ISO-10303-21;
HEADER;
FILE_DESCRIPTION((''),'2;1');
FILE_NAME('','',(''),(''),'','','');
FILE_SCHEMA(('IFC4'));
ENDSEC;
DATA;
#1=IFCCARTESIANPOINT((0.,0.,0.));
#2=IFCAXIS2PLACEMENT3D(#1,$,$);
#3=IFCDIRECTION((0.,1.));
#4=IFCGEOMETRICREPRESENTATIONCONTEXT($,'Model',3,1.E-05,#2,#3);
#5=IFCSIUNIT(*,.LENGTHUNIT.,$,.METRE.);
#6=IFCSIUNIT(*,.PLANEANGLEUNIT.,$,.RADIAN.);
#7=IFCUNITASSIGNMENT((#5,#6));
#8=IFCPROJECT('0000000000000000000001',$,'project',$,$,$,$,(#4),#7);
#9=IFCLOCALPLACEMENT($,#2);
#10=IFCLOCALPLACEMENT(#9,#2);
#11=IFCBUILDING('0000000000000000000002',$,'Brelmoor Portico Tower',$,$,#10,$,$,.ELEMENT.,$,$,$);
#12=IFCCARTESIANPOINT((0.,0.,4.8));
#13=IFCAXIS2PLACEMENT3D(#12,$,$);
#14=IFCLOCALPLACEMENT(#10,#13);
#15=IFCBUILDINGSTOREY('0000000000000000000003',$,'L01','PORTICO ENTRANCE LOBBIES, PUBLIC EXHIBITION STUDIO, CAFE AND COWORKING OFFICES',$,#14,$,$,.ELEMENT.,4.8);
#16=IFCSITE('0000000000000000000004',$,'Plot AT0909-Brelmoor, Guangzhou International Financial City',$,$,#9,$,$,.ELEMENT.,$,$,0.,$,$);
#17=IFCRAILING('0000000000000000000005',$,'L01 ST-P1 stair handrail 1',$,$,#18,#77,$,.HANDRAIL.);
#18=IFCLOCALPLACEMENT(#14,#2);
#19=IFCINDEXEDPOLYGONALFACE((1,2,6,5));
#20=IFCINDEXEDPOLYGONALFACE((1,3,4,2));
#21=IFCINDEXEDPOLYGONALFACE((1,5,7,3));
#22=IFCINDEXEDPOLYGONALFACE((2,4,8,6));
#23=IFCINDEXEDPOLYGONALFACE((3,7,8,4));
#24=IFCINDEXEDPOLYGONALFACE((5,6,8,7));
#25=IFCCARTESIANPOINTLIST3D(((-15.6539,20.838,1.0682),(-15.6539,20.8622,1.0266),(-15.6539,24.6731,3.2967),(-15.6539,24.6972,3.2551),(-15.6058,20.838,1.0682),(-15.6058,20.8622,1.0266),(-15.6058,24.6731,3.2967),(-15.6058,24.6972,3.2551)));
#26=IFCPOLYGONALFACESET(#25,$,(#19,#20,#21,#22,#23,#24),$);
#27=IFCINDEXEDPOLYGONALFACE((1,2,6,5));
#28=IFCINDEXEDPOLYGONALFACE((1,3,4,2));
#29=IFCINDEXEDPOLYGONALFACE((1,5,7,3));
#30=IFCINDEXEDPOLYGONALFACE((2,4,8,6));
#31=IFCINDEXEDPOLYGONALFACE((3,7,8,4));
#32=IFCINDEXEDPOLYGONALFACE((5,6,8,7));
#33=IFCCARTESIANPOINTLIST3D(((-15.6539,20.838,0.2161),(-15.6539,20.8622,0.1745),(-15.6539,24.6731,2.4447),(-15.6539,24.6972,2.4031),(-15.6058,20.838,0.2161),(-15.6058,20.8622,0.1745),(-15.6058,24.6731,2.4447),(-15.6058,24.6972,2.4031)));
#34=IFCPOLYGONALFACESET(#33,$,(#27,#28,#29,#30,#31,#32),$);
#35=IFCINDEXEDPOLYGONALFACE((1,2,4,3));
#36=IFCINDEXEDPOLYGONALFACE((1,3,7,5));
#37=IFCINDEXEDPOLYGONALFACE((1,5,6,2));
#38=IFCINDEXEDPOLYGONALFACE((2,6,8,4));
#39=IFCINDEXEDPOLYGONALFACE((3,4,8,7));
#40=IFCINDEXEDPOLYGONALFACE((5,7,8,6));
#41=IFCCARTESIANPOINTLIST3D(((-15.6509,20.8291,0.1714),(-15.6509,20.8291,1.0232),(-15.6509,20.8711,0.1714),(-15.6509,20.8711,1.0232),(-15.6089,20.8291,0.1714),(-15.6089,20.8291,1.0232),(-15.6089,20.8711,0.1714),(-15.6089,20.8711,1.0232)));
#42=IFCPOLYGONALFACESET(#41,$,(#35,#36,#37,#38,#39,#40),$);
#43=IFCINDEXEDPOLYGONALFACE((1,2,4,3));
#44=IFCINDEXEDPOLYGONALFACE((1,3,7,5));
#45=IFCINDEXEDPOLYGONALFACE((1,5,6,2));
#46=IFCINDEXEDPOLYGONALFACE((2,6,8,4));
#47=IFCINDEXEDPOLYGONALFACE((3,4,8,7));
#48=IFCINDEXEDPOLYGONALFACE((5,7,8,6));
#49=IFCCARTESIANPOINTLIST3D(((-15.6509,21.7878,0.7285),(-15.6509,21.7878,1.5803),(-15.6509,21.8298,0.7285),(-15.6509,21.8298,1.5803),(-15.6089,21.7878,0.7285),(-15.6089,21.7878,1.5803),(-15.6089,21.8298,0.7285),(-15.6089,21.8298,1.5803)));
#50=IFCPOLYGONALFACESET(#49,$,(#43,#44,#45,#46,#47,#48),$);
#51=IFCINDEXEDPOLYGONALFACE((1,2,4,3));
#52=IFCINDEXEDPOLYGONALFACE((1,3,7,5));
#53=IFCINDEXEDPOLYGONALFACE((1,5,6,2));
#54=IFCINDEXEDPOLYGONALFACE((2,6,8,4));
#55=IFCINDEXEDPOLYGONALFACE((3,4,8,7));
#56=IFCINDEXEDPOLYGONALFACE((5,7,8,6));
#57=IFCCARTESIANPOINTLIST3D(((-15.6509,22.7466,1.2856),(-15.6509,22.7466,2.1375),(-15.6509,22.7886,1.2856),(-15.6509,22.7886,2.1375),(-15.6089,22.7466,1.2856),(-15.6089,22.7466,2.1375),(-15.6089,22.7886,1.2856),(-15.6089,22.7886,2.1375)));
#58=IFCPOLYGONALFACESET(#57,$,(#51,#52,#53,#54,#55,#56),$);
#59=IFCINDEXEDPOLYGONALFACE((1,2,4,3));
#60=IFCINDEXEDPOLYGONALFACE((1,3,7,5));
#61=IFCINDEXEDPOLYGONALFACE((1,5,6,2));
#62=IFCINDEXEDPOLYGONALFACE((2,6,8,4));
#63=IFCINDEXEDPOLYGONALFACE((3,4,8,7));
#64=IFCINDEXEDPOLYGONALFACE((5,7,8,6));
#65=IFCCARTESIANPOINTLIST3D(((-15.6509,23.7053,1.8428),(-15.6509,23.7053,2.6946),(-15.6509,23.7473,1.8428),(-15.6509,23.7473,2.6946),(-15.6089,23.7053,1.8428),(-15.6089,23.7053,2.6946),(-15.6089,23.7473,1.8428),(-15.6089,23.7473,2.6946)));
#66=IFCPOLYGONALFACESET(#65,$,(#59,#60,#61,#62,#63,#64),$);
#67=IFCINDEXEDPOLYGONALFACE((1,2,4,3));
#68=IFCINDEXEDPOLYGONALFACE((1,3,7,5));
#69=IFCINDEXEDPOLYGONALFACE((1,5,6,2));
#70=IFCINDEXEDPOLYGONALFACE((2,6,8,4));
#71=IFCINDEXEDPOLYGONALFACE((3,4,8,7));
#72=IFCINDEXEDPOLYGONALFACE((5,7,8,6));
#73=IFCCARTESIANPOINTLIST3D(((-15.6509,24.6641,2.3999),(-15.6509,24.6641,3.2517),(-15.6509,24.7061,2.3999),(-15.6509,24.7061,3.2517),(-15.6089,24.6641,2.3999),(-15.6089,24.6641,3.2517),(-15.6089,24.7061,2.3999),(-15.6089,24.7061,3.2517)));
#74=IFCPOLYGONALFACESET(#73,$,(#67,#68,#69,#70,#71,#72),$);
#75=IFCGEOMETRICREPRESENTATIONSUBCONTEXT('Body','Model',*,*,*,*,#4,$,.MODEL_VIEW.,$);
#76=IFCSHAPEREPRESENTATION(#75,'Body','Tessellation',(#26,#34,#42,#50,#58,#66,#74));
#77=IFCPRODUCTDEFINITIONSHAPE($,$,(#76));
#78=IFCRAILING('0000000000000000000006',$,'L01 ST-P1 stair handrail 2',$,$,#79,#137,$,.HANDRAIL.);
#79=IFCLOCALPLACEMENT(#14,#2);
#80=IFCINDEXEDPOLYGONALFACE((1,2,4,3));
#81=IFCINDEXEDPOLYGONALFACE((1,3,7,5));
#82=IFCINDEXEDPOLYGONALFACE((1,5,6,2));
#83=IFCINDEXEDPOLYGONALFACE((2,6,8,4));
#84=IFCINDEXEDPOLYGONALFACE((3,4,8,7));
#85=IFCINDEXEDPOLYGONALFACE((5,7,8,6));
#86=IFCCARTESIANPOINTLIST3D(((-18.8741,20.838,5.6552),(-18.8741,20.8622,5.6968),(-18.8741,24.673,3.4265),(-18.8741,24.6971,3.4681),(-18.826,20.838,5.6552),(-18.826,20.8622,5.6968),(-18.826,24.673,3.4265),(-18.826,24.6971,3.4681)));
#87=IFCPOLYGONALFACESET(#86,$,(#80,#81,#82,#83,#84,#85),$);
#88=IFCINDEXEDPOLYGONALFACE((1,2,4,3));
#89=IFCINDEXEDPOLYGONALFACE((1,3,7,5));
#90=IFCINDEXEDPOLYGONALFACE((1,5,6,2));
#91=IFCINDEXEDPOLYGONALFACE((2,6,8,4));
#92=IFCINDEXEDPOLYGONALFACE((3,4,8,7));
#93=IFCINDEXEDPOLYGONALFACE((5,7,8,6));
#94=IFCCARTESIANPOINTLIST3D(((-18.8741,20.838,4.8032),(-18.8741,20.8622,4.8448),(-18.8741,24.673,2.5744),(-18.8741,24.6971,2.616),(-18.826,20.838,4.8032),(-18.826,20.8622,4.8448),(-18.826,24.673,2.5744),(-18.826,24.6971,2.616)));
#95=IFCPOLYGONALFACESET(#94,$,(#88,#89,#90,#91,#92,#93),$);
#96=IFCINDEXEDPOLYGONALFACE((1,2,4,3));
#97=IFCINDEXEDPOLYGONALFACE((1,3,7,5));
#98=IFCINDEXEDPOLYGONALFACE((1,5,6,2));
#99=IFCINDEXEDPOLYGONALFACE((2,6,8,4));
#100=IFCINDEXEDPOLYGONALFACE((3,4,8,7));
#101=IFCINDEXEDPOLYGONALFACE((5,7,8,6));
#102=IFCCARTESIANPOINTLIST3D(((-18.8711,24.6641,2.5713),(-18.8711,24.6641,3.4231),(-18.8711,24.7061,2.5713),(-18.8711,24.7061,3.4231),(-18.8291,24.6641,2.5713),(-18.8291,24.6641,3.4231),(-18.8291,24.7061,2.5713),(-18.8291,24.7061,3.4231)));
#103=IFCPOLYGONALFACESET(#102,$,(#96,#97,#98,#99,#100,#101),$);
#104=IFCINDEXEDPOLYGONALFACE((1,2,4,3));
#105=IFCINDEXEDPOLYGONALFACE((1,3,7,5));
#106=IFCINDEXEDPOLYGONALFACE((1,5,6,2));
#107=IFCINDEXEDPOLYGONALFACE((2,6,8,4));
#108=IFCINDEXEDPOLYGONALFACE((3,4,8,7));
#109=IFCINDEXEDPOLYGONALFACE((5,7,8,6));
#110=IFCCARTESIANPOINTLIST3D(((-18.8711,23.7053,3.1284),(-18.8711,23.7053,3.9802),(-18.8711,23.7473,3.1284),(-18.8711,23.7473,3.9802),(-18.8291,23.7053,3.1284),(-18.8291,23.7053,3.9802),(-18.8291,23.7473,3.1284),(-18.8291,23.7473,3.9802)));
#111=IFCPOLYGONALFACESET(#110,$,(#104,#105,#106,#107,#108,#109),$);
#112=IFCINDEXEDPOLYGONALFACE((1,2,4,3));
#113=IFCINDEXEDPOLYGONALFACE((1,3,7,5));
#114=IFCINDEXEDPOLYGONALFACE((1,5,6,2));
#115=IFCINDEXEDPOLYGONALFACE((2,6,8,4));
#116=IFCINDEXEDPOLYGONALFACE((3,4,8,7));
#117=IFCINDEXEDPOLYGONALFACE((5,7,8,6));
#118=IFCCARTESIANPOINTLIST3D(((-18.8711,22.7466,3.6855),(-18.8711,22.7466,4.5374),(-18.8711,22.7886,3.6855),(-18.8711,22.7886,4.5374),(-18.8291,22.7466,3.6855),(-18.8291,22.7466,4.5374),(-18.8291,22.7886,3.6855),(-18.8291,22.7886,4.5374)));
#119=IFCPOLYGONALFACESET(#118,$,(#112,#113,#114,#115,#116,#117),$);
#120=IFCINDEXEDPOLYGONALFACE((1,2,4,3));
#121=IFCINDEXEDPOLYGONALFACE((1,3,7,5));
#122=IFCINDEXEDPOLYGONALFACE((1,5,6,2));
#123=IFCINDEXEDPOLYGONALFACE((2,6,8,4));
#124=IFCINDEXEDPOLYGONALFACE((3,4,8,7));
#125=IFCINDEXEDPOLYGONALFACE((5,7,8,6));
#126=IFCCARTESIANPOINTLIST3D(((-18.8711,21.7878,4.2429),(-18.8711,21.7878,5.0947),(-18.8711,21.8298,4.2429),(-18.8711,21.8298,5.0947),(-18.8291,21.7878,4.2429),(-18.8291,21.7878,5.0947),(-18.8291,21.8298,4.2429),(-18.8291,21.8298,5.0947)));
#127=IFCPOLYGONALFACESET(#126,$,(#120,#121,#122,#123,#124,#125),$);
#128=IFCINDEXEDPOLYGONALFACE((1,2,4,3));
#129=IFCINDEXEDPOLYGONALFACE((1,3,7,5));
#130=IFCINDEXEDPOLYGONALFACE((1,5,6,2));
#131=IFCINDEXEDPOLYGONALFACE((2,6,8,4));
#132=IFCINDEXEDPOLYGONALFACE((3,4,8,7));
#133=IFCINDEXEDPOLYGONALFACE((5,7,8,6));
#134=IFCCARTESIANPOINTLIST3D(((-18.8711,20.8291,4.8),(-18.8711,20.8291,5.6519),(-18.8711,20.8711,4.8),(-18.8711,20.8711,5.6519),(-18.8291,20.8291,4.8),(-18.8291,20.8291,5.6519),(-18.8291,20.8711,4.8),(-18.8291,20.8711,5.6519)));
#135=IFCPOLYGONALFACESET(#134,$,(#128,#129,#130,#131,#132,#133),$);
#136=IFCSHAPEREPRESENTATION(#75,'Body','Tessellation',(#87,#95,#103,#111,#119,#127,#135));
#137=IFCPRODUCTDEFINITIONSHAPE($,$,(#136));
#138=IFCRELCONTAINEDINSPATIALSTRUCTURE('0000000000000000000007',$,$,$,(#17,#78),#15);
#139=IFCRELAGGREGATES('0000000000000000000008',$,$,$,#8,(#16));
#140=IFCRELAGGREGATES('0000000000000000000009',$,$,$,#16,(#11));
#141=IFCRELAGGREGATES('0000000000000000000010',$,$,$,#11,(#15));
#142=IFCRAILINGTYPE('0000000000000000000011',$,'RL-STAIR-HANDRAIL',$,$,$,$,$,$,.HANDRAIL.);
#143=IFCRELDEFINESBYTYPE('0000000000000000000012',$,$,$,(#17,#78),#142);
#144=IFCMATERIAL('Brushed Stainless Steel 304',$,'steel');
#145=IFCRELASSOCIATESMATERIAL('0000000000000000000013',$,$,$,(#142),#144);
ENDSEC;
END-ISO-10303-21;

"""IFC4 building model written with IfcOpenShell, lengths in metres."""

from ifc_helpers import new_model, si_unit, direction, frame, origin, origin_2d, place, context, subcontext, project, spatial, rectangle, extrude, material, type_object, element, save


model = new_model("IFC4")

# Units and contexts
model_context = context("Model", 3, precision=1e-05, world=origin(), true_north=direction((0.0, 1.0)))
body_context = subcontext(model_context, "Body", "Model", "MODEL_VIEW")
ifc_project = project(units=[si_unit("LENGTHUNIT", "METRE"), si_unit("PLANEANGLEUNIT", "RADIAN")], contexts=[model_context])

# Site, building, storey
site_placement = place(None, origin())
site = spatial("IfcSite", under=ifc_project, at=site_placement, Name="Plot AT0909-Brelmoor, Guangzhou International Financial City", CompositionType="ELEMENT", RefElevation=0.0)
building_placement = place(site_placement, origin())
building = spatial("IfcBuilding", under=site, at=building_placement, Name="Brelmoor Portico Tower", CompositionType="ELEMENT")
storey_placement = place(building_placement, frame((0.0, 0.0, 4.8)))
storey = spatial("IfcBuildingStorey", under=building, at=storey_placement, Name="L01", Description="PORTICO ENTRANCE LOBBIES, PUBLIC EXHIBITION STUDIO, CAFE AND COWORKING OFFICES", CompositionType="ELEMENT", Elevation=4.8)

# Railings
ifc_material_1 = material(Name="Brushed Stainless Steel 304", Category="steel")
railing_type_1 = type_object("IfcRailingType", Name="RL-STAIR-HANDRAIL", PredefinedType="HANDRAIL", material=ifc_material_1)
railing_1_placement = place(storey_placement, frame((-15.6299, 20.8501, 0.1714)))
element("IfcRailing", 1, at=railing_1_placement, inside=storey, type_object=railing_type_1, Name="L01 ST-P1 stair handrail 1", PredefinedType="HANDRAIL", context=body_context, shape_type="SweptSolid", body=[
    extrude(rectangle(XDim=0.0481, YDim=0.0481, at=origin_2d()), frame((0.0, 0.0, 0.876), z_axis=(0.0, 0.864616, 0.502433), x_axis=(-1.0, 0.0, 0.0)), (0.0, 0.0, 1.0), 4.4355),
    extrude(rectangle(XDim=0.0481, YDim=0.0481, at=origin_2d()), frame((0.0, 0.0, 0.0239), z_axis=(0.0, 0.864616, 0.502433), x_axis=(-1.0, 0.0, 0.0)), (0.0, 0.0, 1.0), 4.4355),
    extrude(rectangle(XDim=0.042, YDim=0.042, at=origin_2d()), origin(), (0.0, 0.0, 1.0), 0.8518),
    extrude(rectangle(XDim=0.042, YDim=0.042, at=origin_2d()), frame((0.0, 0.9587, 0.5571)), (0.0, 0.0, 1.0), 0.8518),
    extrude(rectangle(XDim=0.042, YDim=0.042, at=origin_2d()), frame((0.0, 1.9175, 1.1143)), (0.0, 0.0, 1.0), 0.8518),
    extrude(rectangle(XDim=0.042, YDim=0.042, at=origin_2d()), frame((0.0, 2.8762, 1.6714)), (0.0, 0.0, 1.0), 0.8518),
    extrude(rectangle(XDim=0.042, YDim=0.042, at=origin_2d()), frame((0.0, 3.835, 2.2285)), (0.0, 0.0, 1.0), 0.8518),
])
railing_2_placement = place(storey_placement, frame((-18.8501, 24.6851, 2.5713)))
element("IfcRailing", 2, at=railing_2_placement, inside=storey, type_object=railing_type_1, Name="L01 ST-P1 stair handrail 2", PredefinedType="HANDRAIL", context=body_context, shape_type="SweptSolid", body=[
    extrude(rectangle(XDim=0.0481, YDim=0.0481, at=origin_2d()), frame((0.0, 0.0, 0.876), z_axis=(0.0, -0.864592, 0.502474), x_axis=(1.0, 0.0, 0.0)), (0.0, 0.0, 1.0), 4.4355),
    extrude(rectangle(XDim=0.0481, YDim=0.0481, at=origin_2d()), frame((0.0, 0.0, 0.0239), z_axis=(0.0, -0.864592, 0.502474), x_axis=(1.0, 0.0, 0.0)), (0.0, 0.0, 1.0), 4.4355),
    extrude(rectangle(XDim=0.042, YDim=0.042, at=origin_2d()), origin(), (0.0, 0.0, 1.0), 0.8518),
    extrude(rectangle(XDim=0.042, YDim=0.042, at=origin_2d()), frame((0.0, -0.9587, 0.5571)), (0.0, 0.0, 1.0), 0.8518),
    extrude(rectangle(XDim=0.042, YDim=0.042, at=origin_2d()), frame((0.0, -1.9175, 1.1143)), (0.0, 0.0, 1.0), 0.8518),
    extrude(rectangle(XDim=0.042, YDim=0.042, at=origin_2d()), frame((0.0, -2.8762, 1.6716)), (0.0, 0.0, 1.0), 0.8518),
    extrude(rectangle(XDim=0.042, YDim=0.042, at=origin_2d()), frame((0.0, -3.835, 2.2288)), (0.0, 0.0, 1.0), 0.8518),
])

save(model, "model.ifc")
